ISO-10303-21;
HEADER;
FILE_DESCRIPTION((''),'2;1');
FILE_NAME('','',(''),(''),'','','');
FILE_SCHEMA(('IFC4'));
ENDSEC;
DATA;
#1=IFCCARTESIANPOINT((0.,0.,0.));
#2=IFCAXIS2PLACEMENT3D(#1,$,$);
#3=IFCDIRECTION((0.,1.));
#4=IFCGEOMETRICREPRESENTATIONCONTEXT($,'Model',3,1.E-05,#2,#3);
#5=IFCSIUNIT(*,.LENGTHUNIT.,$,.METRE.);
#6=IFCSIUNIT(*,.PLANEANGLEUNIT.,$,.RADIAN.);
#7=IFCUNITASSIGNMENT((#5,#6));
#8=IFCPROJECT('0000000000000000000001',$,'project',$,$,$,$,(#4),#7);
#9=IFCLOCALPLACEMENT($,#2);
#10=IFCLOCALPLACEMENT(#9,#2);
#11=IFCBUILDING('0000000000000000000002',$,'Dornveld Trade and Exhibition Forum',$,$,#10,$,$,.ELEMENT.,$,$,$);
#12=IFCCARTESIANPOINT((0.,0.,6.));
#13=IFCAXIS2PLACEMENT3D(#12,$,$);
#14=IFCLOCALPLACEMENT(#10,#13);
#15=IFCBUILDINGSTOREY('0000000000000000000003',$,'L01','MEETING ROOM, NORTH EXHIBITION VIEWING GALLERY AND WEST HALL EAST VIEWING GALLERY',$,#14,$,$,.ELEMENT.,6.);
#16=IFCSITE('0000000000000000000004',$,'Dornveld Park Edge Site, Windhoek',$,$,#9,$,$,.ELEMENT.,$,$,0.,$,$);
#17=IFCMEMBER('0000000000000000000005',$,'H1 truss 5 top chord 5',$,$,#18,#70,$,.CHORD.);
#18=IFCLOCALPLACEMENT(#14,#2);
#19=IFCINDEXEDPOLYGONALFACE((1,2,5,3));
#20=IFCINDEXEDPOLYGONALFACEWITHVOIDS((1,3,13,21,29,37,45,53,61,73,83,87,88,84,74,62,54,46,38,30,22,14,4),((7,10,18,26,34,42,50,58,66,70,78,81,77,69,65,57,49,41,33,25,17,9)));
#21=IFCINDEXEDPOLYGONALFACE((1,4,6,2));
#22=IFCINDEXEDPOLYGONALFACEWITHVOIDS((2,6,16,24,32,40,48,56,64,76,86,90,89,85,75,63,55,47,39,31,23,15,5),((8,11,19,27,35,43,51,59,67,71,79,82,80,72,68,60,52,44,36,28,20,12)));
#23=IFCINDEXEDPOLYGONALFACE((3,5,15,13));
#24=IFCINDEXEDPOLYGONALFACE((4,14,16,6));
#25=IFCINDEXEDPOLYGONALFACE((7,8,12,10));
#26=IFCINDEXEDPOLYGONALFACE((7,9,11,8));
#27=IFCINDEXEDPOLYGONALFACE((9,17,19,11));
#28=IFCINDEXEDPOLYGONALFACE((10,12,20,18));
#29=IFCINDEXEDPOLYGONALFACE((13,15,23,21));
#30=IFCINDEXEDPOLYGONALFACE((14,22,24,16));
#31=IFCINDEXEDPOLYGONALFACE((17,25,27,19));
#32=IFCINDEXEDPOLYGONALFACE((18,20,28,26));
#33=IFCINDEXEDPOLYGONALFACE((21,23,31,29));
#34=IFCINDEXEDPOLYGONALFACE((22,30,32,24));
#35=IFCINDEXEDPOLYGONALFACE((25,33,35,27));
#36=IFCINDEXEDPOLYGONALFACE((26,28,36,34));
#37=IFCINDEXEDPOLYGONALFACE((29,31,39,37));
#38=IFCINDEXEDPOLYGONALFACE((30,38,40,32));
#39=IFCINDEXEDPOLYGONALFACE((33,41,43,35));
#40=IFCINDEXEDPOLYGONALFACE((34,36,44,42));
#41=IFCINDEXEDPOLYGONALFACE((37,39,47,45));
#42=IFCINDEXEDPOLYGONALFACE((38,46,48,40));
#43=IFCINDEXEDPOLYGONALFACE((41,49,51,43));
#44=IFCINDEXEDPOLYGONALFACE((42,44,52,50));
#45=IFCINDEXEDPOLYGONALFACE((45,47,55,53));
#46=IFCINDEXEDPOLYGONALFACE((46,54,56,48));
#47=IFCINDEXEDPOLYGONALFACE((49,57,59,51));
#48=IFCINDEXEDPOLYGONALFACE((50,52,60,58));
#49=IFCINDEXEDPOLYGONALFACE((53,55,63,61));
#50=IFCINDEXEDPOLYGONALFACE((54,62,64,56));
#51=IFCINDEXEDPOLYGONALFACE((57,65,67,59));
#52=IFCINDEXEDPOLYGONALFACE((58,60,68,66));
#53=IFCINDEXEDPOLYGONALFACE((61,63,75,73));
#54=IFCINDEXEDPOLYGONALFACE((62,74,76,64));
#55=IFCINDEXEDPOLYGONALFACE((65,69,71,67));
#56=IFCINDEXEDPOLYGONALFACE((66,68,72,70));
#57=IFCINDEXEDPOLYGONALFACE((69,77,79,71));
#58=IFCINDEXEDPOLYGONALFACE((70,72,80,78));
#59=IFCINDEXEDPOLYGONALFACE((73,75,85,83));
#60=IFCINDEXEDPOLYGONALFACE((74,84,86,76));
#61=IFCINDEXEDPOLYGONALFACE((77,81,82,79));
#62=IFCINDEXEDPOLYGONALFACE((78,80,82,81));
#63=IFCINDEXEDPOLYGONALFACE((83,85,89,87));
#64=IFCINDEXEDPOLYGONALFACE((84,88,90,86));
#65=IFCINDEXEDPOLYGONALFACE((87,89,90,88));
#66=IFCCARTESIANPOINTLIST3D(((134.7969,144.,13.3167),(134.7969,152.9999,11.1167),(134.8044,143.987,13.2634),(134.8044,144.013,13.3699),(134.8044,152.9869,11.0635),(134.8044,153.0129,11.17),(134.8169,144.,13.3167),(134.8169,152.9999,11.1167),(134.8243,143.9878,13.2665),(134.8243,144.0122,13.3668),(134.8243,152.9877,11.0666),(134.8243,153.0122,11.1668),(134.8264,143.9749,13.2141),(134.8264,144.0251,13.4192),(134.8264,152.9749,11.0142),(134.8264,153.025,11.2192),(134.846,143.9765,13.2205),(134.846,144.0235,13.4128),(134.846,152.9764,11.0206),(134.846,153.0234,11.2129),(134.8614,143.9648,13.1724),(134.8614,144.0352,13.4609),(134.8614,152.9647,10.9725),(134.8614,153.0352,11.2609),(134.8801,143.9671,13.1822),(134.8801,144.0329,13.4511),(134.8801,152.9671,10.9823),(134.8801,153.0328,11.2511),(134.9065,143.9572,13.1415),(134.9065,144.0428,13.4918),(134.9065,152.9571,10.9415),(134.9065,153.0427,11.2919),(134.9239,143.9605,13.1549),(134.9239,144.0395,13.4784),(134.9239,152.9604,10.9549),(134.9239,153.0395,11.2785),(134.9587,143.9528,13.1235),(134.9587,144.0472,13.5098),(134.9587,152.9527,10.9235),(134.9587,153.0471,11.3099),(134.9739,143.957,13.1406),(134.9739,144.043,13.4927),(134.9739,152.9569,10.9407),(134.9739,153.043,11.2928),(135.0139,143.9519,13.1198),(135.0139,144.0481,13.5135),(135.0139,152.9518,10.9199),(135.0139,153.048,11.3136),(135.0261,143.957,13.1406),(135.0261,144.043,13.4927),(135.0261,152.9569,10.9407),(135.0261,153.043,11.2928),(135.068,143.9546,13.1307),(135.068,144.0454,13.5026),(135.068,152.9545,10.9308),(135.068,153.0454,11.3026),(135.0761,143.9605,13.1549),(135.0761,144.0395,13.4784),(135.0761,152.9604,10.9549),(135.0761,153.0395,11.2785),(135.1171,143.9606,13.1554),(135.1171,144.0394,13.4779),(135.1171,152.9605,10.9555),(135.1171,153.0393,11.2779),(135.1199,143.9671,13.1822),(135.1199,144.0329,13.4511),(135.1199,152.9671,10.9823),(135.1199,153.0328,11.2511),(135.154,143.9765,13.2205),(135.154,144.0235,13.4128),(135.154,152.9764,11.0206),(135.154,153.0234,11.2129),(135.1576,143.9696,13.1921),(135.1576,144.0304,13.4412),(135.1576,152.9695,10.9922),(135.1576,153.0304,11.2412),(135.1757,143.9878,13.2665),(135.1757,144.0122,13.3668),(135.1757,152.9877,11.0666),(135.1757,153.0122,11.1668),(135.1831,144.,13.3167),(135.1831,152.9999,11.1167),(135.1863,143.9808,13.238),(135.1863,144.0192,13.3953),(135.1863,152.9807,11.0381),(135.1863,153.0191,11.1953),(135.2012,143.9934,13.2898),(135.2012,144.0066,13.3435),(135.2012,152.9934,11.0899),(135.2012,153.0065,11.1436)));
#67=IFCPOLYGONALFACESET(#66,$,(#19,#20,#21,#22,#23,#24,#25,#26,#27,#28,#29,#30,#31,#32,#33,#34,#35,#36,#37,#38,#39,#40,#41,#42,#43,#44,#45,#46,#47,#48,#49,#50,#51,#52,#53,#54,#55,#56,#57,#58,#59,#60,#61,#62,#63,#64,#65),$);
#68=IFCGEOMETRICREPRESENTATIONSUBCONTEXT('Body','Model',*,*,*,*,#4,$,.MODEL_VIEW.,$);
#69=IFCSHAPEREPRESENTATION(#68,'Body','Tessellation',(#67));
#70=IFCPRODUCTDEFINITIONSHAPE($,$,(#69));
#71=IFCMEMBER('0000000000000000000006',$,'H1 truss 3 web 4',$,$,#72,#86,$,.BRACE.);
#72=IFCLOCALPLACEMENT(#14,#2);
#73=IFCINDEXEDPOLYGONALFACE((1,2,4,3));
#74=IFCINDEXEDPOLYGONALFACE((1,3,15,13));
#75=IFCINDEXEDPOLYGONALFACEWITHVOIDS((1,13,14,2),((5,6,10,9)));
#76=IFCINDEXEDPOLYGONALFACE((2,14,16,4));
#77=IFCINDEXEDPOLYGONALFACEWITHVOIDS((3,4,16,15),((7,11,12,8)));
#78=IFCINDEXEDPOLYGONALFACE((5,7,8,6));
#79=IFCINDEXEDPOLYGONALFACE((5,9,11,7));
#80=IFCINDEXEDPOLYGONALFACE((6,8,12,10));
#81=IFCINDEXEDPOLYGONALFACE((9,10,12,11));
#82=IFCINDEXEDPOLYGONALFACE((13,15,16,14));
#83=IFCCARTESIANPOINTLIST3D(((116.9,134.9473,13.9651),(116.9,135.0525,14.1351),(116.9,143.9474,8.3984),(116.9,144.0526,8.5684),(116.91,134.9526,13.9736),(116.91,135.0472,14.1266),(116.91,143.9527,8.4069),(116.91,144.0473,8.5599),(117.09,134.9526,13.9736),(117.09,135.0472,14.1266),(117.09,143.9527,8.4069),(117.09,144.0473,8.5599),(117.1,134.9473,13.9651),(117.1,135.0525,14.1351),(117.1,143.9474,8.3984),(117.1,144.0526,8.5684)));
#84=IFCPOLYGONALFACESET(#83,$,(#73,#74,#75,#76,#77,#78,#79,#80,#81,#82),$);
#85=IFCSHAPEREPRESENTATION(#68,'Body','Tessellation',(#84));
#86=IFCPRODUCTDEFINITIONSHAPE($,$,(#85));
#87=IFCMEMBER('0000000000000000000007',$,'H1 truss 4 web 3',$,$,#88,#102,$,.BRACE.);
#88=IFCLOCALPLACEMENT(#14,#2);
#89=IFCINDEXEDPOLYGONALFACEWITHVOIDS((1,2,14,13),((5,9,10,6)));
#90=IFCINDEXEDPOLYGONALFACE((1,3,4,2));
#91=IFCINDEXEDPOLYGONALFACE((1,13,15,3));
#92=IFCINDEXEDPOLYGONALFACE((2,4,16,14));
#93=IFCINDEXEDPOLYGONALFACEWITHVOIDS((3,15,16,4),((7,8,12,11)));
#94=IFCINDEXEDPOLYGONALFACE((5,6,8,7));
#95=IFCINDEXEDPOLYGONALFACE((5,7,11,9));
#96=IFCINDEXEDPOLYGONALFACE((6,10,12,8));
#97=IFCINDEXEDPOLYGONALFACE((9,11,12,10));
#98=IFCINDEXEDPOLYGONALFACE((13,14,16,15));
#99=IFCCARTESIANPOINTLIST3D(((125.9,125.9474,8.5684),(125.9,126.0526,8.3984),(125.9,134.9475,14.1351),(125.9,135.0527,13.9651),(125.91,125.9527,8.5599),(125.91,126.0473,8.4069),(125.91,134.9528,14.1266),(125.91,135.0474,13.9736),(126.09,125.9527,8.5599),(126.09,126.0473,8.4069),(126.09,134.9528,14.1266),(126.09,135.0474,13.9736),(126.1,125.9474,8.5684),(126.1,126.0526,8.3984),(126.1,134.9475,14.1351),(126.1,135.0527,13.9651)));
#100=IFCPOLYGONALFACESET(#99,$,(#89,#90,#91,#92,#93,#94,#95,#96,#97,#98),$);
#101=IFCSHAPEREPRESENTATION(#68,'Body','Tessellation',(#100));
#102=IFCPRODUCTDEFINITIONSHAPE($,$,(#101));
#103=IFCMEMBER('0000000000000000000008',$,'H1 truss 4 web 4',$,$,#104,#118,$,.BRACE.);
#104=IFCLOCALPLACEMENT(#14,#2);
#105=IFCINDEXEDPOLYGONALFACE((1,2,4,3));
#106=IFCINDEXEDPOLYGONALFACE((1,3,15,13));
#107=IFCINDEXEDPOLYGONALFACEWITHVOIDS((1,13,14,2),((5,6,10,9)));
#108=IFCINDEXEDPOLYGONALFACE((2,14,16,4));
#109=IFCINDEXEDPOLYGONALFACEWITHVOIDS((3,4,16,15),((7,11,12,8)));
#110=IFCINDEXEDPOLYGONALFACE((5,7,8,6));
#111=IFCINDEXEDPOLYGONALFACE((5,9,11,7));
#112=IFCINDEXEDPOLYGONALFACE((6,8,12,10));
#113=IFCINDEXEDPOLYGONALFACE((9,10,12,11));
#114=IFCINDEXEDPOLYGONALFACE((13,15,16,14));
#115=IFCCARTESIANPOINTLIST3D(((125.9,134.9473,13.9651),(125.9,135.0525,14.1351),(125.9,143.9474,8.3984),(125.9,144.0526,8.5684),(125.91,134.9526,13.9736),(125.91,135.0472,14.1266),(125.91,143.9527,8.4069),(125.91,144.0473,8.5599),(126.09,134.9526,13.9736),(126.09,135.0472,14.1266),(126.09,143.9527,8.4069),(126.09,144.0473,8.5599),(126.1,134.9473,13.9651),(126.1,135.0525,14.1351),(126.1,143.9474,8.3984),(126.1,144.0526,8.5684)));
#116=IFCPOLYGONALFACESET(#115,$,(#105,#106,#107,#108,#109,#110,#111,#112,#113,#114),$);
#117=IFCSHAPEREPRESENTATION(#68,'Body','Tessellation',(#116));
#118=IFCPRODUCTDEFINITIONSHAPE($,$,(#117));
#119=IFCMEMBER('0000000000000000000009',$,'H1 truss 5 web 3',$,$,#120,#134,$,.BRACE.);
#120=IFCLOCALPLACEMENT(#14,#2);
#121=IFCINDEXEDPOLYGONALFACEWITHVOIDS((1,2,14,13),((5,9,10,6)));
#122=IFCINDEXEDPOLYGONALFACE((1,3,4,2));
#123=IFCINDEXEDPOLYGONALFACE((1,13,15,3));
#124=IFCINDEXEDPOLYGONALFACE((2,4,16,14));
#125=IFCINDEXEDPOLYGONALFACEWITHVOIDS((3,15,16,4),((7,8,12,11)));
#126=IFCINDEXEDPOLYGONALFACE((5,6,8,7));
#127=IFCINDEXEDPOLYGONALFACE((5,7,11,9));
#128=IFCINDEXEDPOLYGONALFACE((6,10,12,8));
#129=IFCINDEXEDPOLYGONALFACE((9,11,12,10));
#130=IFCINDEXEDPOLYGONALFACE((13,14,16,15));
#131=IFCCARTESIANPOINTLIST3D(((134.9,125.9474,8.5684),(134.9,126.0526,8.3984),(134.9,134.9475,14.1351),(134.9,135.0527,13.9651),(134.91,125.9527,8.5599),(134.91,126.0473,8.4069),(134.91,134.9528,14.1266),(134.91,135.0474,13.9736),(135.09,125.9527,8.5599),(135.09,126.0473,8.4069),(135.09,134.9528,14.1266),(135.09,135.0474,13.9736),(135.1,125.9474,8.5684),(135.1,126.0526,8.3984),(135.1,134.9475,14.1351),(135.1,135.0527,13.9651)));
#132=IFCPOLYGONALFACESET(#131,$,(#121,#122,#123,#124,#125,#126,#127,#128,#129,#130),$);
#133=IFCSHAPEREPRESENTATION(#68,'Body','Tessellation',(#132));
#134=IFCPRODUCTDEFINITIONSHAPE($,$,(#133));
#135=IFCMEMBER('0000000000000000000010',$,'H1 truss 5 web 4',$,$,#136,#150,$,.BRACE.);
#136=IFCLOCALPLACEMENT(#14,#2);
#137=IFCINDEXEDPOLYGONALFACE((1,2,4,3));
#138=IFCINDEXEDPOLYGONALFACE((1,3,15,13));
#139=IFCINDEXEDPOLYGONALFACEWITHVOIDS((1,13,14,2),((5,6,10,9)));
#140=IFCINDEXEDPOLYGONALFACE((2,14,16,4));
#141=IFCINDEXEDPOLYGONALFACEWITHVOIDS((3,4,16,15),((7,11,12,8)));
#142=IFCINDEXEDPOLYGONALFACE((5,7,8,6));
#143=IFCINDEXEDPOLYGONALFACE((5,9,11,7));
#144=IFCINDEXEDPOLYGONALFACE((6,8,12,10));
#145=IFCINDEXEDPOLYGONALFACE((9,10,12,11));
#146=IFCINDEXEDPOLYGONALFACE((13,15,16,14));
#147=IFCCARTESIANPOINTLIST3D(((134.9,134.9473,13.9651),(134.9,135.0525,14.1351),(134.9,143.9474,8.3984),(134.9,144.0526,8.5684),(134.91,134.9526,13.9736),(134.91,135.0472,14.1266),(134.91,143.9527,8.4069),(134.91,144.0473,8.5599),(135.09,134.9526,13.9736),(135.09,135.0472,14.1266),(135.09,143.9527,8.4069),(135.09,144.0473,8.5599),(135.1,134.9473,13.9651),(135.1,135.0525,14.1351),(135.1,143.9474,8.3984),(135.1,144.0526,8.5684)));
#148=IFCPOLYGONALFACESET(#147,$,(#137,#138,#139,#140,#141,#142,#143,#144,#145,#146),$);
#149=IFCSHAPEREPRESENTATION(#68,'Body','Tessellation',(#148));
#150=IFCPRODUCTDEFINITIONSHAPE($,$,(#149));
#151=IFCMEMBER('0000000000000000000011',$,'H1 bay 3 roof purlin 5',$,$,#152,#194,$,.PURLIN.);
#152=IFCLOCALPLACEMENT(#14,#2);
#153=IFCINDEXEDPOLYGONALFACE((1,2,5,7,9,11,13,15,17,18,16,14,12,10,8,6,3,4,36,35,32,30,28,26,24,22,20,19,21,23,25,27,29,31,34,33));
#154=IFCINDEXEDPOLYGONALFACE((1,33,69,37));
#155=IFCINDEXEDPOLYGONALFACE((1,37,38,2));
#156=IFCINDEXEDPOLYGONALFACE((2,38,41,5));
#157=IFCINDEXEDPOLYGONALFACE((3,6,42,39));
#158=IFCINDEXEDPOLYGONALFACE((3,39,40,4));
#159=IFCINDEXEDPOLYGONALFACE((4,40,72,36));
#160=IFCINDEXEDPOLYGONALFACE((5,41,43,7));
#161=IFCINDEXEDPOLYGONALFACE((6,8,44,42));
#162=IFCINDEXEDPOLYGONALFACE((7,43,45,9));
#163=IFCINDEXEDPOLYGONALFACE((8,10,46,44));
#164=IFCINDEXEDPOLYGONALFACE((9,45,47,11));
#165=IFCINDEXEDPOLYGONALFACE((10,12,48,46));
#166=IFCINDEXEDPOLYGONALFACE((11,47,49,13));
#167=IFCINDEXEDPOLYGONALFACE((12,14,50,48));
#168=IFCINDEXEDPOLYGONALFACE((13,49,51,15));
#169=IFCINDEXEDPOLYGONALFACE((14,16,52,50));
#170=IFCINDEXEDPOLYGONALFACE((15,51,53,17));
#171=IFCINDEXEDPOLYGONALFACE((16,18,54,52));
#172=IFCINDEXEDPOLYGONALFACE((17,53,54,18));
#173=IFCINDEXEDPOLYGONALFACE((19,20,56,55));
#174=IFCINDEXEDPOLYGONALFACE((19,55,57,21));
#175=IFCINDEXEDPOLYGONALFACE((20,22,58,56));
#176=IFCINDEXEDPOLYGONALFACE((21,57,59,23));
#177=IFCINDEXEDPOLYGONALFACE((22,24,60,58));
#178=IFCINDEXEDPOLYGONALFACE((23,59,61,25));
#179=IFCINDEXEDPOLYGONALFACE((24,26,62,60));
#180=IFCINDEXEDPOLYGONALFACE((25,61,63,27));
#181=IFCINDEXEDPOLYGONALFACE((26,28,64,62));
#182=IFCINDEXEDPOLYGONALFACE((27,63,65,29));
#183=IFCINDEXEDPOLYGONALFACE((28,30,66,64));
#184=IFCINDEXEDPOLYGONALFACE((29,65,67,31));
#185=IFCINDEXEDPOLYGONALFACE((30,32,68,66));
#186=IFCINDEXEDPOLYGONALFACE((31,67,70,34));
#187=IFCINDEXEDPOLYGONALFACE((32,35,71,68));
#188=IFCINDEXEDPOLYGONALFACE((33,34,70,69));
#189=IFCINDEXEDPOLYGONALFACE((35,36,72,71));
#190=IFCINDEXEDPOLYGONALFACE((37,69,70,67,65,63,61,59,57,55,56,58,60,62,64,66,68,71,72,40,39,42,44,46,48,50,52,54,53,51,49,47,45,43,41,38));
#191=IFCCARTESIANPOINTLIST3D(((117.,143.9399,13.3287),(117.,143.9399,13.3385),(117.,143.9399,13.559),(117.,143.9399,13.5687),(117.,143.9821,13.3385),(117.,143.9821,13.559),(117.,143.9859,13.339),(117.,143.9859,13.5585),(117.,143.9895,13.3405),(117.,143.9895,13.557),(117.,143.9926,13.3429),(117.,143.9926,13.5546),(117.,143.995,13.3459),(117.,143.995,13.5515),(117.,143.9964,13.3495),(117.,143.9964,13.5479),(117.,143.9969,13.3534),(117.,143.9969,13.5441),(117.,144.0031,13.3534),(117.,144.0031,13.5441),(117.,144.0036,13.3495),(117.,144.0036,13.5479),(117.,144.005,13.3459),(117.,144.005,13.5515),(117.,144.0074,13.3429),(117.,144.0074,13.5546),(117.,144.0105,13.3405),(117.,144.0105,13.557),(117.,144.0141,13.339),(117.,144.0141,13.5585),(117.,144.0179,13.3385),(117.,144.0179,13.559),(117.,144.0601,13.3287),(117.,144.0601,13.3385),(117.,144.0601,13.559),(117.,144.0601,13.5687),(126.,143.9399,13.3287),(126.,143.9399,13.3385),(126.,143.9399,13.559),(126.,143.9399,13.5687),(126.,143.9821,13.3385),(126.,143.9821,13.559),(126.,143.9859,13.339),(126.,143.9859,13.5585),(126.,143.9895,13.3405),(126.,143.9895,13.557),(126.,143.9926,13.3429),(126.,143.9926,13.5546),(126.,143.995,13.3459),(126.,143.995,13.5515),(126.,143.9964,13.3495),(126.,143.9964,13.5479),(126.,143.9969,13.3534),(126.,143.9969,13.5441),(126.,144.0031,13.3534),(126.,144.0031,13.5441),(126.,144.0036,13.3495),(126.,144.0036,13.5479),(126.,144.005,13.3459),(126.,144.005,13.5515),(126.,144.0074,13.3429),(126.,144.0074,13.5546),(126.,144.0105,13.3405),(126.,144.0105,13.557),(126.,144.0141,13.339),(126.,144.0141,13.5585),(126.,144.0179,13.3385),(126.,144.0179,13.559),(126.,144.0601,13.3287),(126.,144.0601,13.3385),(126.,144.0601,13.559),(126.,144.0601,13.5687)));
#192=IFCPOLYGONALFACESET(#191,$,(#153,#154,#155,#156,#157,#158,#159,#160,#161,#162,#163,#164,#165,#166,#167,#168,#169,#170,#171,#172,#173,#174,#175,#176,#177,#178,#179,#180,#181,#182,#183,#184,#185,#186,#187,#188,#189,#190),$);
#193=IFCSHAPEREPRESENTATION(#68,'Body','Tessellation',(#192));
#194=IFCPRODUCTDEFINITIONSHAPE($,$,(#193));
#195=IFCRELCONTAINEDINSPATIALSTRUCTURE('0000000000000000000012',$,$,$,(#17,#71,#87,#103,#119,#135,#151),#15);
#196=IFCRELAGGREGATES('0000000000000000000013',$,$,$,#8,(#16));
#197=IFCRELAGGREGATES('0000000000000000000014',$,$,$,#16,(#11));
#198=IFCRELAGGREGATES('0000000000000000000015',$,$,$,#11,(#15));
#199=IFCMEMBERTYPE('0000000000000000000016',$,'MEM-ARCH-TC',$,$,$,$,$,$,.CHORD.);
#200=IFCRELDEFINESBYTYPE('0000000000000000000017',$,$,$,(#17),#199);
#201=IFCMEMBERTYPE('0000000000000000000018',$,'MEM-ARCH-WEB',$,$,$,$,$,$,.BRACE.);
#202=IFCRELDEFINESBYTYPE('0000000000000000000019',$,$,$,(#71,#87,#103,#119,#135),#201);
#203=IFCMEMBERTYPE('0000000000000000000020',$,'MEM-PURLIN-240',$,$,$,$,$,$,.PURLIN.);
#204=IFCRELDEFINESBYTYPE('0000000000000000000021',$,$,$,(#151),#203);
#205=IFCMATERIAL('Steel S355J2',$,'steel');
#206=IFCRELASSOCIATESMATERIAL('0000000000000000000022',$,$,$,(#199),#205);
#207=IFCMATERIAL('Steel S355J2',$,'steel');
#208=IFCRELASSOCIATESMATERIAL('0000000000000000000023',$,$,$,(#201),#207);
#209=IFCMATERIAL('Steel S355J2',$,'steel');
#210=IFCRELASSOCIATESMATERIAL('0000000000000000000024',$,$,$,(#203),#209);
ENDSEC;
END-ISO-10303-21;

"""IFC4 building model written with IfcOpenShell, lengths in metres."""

from ifc_helpers import new_model, si_unit, direction, frame, origin, origin_2d, place, context, subcontext, project, spatial, hollow_rectangle, hollow_circle, i_section, extrude, material, material_profile, profile_set, type_object, element, save


model = new_model("IFC4")

# Units and contexts
model_context = context("Model", 3, precision=1e-05, world=origin(), true_north=direction((0.0, 1.0)))
body_context = subcontext(model_context, "Body", "Model", "MODEL_VIEW")
ifc_project = project(units=[si_unit("LENGTHUNIT", "METRE"), si_unit("PLANEANGLEUNIT", "RADIAN")], contexts=[model_context])

# Site, building, storey
site_placement = place(None, origin())
site = spatial("IfcSite", under=ifc_project, at=site_placement, Name="Dornveld Park Edge Site, Windhoek", CompositionType="ELEMENT", RefElevation=0.0)
building_placement = place(site_placement, origin())
building = spatial("IfcBuilding", under=site, at=building_placement, Name="Dornveld Trade and Exhibition Forum", CompositionType="ELEMENT")
storey_placement = place(building_placement, frame((0.0, 0.0, 6.0)))
storey = spatial("IfcBuildingStorey", under=building, at=storey_placement, Name="L01", Description="MEETING ROOM, NORTH EXHIBITION VIEWING GALLERY AND WEST HALL EAST VIEWING GALLERY", CompositionType="ELEMENT", Elevation=6.0)

# Members
ifc_material_1 = material(Name="Steel S355J2", Category="steel")
ifc_material_profile_1 = material_profile(ifc_material_1, hollow_circle(Radius=0.2031, WallThickness=0.02, at=origin_2d()), Name="CHS 406.4x20")
ifc_profile_set_1 = profile_set([ifc_material_profile_1], Name="Steel S355J2")
member_type_1 = type_object("IfcMemberType", Name="MEM-ARCH-TC", PredefinedType="CHORD", material=ifc_profile_set_1)
member_1_placement = place(storey_placement, frame((135.0, 144.0, 13.3167), z_axis=(0.0, 0.9714, -0.237448), x_axis=(-1.0, 0.0, 0.0)))
element("IfcMember", 1, at=member_1_placement, inside=storey, type_object=member_type_1, Name="H1 truss 5 top chord 5", PredefinedType="CHORD", context=body_context, shape_type="SweptSolid", body=[
    extrude(hollow_circle(Radius=0.2031, WallThickness=0.02, at=origin_2d()), origin(), (0.0, 0.0, 1.0), 9.2649),
])
ifc_material_2 = material(Name="Steel S355J2", Category="steel")
ifc_material_profile_2 = material_profile(ifc_material_2, hollow_rectangle(XDim=0.2, YDim=0.2, WallThickness=0.01, at=origin_2d()), Name="SHS 200x200x10")
ifc_profile_set_2 = profile_set([ifc_material_profile_2], Name="Steel S355J2")
member_type_2 = type_object("IfcMemberType", Name="MEM-ARCH-WEB", PredefinedType="BRACE", material=ifc_profile_set_2)
for number, where, z_axis, x_axis, name in (
    (2, (117.0, 144.0, 8.4834), (0.0, -0.850467, 0.526028), (1.0, 0.0, 0.0), "H1 truss 3 web 4"),
    (3, (126.0, 126.0, 8.4834), (0.0, 0.850467, 0.526028), (-1.0, 0.0, 0.0), "H1 truss 4 web 3"),
    (4, (126.0, 144.0, 8.4834), (0.0, -0.850467, 0.526028), (1.0, 0.0, 0.0), "H1 truss 4 web 4"),
    (5, (135.0, 126.0, 8.4834), (0.0, 0.850467, 0.526028), (-1.0, 0.0, 0.0), "H1 truss 5 web 3"),
    (6, (135.0, 144.0, 8.4834), (0.0, -0.850467, 0.526028), (1.0, 0.0, 0.0), "H1 truss 5 web 4"),
):
    element("IfcMember", number, at=place(storey_placement, frame(where, z_axis=z_axis, x_axis=x_axis)), inside=storey, type_object=member_type_2, Name=name, PredefinedType="BRACE", context=body_context, shape_type="SweptSolid", body=[
        extrude(hollow_rectangle(XDim=0.2, YDim=0.2, WallThickness=0.01, at=origin_2d()), origin(), (0.0, 0.0, 1.0), 10.5825),
    ])
ifc_material_3 = material(Name="Steel S355J2", Category="steel")
ifc_material_profile_3 = material_profile(ifc_material_3, i_section(OverallWidth=0.1201, OverallDepth=0.24, WebThickness=0.0061, FlangeThickness=0.0098, FilletRadius=0.0149, at=origin_2d()), Name="IPE 240")
ifc_profile_set_3 = profile_set([ifc_material_profile_3], Name="Steel S355J2")
member_type_3 = type_object("IfcMemberType", Name="MEM-PURLIN-240", PredefinedType="PURLIN", material=ifc_profile_set_3)
for number, where, z_axis, x_axis, name in (
    (7, (117.0, 144.0, 13.4487), (1.0, 0.0, 0.0), (0.0, 1.0, 0.0), "H1 bay 3 roof purlin 5"),
):
    element("IfcMember", number, at=place(storey_placement, frame(where, z_axis=z_axis, x_axis=x_axis)), inside=storey, type_object=member_type_3, Name=name, PredefinedType="PURLIN", context=body_context, shape_type="SweptSolid", body=[
        extrude(i_section(OverallWidth=0.1201, OverallDepth=0.24, WebThickness=0.0061, FlangeThickness=0.0098, FilletRadius=0.0149, at=origin_2d()), origin(), (0.0, 0.0, 1.0), 9.0),
    ])

save(model, "model.ifc")
